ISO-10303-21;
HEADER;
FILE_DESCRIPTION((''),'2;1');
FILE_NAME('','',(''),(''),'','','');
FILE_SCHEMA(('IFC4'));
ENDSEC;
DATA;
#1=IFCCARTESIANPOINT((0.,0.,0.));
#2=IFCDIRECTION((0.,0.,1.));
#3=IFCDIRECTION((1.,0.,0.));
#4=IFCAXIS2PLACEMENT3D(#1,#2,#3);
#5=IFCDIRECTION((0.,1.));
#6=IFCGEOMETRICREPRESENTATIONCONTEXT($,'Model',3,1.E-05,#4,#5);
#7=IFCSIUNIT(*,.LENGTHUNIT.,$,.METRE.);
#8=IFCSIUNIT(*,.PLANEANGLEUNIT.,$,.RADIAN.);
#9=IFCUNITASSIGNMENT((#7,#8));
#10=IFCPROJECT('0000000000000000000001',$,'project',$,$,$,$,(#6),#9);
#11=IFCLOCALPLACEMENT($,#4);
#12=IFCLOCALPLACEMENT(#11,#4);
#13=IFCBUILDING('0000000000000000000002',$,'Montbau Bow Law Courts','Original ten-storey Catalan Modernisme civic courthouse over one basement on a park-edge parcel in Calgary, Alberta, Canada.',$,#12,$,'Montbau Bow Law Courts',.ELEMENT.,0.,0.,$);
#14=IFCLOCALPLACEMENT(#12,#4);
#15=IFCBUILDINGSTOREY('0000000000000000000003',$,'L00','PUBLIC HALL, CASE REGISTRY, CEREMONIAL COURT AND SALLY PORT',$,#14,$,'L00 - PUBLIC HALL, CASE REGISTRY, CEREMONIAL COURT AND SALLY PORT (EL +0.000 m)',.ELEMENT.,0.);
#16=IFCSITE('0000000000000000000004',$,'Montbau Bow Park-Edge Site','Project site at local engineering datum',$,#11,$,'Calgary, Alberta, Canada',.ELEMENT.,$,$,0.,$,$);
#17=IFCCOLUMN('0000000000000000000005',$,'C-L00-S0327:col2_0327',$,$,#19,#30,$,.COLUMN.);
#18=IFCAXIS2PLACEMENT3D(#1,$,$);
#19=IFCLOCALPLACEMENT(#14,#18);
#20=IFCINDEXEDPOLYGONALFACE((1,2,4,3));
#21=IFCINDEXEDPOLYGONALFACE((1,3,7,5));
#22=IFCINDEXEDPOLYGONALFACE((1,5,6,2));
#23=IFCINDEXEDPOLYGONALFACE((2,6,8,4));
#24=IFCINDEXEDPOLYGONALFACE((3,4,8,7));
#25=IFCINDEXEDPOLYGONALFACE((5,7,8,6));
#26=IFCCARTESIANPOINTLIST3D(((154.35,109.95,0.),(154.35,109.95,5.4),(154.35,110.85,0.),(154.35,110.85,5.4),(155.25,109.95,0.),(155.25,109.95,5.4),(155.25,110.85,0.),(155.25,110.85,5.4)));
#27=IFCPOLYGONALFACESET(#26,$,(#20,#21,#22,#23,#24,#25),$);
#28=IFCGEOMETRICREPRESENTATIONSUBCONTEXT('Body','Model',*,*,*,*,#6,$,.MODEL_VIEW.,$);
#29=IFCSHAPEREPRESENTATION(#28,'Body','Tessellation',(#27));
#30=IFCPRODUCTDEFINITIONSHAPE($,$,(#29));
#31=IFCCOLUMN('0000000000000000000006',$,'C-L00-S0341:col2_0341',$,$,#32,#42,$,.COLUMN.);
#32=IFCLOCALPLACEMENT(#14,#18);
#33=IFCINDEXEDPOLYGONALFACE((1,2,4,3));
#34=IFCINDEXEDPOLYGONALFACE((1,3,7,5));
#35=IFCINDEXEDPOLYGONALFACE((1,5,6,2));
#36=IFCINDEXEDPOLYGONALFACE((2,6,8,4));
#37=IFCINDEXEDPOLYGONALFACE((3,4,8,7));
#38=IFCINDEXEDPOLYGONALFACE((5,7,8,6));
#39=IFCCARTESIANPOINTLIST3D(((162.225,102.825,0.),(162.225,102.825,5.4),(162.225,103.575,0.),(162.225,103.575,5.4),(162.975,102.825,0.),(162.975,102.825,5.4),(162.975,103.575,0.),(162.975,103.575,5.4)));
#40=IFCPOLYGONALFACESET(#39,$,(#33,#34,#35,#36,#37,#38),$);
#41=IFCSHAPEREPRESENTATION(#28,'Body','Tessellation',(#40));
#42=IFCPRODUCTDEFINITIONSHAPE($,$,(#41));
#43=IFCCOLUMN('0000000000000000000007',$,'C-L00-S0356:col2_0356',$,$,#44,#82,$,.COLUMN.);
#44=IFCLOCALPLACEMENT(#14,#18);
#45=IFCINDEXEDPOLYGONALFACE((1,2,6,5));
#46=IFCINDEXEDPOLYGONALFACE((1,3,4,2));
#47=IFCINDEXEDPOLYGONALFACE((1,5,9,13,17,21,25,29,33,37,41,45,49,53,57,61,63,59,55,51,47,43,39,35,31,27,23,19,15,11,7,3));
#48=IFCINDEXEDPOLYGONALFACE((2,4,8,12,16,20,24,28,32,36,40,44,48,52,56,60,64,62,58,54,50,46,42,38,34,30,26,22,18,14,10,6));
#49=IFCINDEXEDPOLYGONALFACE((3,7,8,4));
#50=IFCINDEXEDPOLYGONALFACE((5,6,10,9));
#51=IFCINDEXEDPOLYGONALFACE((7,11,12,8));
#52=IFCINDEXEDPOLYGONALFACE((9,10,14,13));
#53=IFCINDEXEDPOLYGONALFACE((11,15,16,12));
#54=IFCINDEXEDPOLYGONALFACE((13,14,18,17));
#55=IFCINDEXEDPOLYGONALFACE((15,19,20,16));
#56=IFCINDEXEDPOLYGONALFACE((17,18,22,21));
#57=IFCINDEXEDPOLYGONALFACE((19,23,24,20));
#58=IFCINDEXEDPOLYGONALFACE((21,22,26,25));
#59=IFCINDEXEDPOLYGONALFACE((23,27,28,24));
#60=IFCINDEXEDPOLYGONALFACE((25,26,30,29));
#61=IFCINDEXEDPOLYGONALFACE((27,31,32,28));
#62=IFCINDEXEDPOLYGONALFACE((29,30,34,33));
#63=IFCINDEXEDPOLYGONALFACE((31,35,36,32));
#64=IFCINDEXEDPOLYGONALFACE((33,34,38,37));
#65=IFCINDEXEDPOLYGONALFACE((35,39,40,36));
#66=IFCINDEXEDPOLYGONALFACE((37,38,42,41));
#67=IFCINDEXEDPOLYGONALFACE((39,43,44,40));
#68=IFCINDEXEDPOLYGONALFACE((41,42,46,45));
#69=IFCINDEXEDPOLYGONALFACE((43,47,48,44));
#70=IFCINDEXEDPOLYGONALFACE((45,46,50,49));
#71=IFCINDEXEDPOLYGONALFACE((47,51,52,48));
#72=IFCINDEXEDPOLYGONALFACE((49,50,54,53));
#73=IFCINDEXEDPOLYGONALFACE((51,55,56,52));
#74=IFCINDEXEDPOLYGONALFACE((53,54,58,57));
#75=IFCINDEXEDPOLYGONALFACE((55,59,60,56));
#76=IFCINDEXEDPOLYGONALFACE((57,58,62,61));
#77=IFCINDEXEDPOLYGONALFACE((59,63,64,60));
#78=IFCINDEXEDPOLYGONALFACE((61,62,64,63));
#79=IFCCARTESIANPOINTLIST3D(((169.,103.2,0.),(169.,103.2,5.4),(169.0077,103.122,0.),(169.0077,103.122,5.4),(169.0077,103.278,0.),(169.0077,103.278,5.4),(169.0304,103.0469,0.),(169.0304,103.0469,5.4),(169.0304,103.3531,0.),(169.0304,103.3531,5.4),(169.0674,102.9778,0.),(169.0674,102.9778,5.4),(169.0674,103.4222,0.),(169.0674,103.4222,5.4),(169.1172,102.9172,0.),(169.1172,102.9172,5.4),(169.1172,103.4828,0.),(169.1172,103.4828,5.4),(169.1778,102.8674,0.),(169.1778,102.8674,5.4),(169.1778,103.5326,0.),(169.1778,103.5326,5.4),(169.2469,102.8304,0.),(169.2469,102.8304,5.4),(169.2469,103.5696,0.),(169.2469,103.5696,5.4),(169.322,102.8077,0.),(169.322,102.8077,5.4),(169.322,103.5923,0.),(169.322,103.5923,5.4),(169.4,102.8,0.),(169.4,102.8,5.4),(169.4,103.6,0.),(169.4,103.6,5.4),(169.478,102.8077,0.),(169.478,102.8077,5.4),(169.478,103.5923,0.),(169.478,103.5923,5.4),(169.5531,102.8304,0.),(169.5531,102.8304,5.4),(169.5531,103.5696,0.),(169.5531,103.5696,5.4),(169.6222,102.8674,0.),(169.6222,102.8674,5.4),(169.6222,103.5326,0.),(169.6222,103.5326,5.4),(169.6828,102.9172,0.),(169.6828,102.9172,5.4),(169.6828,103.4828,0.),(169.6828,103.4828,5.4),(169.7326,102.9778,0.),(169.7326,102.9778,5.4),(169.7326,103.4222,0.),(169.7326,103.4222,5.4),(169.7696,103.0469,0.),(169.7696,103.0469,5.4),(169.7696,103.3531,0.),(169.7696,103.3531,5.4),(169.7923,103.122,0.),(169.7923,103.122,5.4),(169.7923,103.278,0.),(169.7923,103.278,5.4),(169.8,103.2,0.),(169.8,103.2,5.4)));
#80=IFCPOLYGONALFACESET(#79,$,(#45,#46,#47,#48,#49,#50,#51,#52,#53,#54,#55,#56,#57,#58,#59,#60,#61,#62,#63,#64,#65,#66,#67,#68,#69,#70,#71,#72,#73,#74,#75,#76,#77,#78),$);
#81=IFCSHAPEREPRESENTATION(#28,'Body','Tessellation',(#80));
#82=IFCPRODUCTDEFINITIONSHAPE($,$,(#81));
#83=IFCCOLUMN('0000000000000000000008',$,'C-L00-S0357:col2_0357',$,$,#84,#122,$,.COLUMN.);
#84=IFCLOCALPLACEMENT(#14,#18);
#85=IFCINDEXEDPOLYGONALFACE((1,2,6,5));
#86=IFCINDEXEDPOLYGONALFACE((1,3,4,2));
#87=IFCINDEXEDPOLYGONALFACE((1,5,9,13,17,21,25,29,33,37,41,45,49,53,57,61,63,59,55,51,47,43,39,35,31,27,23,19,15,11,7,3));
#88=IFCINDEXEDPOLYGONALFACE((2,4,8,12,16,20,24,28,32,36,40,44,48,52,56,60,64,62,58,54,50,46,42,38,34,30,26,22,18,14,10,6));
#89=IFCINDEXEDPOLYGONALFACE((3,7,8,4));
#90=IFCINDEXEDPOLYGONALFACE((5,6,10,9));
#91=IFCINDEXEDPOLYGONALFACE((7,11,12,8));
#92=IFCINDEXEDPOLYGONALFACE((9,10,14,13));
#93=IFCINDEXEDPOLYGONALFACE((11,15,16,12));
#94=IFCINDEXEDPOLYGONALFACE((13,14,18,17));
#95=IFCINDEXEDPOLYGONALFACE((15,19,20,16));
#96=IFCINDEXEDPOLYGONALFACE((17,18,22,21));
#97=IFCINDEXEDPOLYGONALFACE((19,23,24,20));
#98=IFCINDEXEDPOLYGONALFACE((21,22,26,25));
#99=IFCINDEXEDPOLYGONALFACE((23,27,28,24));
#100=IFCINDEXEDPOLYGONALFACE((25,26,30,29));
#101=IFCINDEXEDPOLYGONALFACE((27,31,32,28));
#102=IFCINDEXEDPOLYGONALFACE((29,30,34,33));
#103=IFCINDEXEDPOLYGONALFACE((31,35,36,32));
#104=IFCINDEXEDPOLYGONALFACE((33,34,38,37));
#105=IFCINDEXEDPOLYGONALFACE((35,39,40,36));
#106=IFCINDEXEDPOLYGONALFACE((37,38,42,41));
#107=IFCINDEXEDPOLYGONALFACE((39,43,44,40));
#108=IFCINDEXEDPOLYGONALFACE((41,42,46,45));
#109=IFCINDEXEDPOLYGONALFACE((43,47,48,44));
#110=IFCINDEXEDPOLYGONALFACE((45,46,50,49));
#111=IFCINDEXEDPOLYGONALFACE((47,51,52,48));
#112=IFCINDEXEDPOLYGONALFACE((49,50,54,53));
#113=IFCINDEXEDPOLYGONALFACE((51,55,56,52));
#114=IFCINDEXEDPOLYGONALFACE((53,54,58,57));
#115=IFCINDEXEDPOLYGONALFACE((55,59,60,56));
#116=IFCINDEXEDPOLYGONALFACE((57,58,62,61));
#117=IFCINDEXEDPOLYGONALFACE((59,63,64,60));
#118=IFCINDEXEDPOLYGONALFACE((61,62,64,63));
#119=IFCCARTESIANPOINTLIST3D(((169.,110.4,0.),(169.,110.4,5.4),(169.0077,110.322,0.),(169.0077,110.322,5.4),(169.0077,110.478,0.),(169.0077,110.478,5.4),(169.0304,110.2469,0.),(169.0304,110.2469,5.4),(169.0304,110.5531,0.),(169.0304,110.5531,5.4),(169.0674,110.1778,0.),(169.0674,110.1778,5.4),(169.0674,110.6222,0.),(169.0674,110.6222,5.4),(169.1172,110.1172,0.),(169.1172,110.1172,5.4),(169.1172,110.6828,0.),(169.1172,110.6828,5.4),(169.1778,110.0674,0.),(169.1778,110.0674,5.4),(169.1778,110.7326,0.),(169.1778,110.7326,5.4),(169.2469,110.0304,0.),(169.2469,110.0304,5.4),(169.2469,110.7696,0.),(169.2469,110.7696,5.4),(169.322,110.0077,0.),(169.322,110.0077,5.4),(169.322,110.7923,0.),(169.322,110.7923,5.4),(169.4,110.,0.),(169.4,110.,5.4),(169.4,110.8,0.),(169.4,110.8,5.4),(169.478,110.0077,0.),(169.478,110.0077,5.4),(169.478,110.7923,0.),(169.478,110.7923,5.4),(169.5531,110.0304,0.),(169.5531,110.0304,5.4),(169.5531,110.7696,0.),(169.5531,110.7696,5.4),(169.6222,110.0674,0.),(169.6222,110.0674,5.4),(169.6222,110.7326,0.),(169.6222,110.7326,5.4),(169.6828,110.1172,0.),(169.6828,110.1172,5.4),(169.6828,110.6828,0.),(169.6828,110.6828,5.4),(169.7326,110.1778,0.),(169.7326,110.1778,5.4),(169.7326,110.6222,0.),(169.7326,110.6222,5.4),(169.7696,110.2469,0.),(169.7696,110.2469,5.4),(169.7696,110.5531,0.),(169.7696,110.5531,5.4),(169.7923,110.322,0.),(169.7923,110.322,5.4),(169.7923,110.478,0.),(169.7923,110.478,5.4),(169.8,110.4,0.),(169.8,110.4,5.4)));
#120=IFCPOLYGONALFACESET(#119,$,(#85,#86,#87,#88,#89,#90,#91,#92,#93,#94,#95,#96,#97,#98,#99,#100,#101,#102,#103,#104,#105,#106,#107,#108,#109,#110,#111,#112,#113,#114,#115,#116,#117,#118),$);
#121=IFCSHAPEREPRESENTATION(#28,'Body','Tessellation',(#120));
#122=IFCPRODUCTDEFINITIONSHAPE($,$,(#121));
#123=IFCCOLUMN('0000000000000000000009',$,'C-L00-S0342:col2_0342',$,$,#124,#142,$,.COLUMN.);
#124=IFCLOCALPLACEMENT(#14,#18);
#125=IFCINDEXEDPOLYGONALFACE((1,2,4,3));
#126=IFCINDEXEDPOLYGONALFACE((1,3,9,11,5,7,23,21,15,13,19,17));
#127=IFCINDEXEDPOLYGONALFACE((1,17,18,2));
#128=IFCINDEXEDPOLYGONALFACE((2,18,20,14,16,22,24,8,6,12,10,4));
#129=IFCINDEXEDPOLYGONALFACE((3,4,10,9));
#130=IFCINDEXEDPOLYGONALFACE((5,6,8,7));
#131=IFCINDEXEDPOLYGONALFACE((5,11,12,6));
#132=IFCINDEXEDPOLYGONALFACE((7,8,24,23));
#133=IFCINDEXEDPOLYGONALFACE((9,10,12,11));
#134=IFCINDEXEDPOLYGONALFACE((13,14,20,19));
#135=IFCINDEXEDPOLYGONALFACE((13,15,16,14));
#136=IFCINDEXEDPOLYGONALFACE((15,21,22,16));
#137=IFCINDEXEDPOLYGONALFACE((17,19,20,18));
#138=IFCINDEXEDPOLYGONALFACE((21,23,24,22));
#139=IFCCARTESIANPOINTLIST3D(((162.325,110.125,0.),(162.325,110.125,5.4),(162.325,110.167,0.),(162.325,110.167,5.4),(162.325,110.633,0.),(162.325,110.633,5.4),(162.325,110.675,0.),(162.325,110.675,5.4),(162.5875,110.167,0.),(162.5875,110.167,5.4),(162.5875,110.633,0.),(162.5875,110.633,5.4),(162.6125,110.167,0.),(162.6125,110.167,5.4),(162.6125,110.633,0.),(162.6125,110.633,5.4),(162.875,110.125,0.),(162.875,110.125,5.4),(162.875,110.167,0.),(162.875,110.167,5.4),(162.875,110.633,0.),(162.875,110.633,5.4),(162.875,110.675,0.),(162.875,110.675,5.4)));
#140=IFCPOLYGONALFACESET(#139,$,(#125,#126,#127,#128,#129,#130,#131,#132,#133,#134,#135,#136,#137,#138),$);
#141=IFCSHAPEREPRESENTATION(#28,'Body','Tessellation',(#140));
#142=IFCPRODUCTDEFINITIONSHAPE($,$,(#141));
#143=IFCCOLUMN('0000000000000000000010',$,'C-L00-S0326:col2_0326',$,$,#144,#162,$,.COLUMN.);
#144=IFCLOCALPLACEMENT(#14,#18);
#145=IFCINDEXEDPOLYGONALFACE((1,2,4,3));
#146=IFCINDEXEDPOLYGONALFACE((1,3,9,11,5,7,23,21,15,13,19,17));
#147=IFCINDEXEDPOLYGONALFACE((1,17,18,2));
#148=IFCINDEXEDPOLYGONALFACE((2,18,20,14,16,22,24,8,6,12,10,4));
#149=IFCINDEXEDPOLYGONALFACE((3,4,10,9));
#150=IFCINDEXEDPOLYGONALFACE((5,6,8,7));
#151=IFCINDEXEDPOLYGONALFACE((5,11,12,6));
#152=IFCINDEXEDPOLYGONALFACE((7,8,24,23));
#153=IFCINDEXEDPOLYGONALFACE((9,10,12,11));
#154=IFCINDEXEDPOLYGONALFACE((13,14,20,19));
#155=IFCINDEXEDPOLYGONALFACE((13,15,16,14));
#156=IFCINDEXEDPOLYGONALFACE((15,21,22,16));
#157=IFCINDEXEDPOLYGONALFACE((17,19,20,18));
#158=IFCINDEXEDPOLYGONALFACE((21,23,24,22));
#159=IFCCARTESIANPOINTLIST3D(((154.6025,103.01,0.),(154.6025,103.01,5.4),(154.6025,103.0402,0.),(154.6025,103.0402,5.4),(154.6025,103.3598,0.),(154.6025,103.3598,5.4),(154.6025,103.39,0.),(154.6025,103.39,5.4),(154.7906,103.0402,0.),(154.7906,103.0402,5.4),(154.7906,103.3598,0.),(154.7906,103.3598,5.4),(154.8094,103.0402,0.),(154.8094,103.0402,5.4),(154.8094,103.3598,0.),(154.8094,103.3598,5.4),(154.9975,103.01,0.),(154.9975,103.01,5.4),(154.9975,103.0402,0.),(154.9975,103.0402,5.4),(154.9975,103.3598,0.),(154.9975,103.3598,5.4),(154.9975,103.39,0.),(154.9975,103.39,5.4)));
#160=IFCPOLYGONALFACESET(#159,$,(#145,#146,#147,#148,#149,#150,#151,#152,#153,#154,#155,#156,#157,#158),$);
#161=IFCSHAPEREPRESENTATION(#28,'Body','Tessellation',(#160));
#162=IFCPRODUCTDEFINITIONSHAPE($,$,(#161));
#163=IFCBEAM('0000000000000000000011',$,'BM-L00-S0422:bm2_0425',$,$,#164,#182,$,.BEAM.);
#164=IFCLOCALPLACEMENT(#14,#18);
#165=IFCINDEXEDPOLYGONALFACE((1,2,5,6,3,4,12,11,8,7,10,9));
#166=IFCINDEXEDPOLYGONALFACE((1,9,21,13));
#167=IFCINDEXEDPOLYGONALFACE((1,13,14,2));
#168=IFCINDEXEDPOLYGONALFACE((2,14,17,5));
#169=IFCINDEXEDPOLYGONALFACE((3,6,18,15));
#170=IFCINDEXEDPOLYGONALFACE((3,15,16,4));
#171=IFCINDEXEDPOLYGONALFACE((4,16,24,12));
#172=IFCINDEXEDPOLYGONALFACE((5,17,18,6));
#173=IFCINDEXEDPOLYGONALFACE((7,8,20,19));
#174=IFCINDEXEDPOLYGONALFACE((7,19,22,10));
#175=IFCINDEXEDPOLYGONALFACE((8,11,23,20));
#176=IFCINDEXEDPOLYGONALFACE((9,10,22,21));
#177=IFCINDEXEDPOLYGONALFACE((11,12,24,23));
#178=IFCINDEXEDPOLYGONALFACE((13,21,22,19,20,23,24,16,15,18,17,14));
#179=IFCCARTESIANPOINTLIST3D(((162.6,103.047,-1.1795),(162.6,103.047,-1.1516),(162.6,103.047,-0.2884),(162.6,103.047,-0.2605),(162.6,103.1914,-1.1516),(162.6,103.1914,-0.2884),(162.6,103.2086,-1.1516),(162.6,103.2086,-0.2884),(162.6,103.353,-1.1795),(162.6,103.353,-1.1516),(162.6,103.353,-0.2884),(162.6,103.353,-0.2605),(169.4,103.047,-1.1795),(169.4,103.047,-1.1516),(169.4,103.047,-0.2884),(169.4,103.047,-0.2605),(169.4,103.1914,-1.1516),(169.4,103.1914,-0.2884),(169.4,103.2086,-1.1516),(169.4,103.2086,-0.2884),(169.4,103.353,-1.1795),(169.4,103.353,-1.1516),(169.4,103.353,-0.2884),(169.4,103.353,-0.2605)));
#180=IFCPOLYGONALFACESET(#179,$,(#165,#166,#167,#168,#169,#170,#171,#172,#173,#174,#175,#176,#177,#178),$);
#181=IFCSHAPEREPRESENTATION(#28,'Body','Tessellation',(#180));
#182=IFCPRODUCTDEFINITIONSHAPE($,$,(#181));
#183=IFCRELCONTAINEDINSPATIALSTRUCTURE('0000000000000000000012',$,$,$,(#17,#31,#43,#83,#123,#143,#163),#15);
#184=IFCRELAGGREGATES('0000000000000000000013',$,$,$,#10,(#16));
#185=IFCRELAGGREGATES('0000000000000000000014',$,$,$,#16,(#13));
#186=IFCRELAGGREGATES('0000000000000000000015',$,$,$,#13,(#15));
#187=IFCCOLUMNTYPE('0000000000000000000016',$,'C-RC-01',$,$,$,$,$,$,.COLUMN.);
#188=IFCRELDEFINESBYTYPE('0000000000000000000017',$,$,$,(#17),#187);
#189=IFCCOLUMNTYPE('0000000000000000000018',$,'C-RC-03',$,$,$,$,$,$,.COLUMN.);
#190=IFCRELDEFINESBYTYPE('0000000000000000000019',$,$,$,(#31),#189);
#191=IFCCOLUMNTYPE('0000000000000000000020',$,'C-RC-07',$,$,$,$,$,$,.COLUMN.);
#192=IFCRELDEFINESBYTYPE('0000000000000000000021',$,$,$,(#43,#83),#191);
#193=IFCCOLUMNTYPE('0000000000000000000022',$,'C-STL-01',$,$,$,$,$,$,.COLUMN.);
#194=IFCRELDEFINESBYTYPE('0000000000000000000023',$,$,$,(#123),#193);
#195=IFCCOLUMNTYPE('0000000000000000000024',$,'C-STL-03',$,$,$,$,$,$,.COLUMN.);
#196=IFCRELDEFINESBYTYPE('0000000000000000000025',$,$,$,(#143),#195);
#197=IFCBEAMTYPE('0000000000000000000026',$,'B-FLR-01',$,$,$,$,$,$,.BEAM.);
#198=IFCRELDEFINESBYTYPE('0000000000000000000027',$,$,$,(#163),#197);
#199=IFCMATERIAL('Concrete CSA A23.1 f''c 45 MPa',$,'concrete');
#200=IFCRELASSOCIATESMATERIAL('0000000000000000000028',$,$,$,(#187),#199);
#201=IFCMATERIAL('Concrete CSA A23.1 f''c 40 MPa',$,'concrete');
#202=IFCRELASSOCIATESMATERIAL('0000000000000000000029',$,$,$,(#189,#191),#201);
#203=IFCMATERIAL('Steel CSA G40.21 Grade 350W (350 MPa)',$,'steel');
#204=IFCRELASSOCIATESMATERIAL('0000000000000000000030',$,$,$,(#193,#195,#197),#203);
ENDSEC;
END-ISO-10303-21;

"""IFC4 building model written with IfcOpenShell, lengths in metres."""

from ifc_helpers import new_model, si_unit, direction, frame, origin_with_axes, origin_2d_with_axis, place, context, subcontext, project, spatial, rectangle, circle, i_section, extrude, material, material_profile, profile_set, type_object, element, save


model = new_model("IFC4")

# Units and contexts
model_context = context("Model", 3, precision=1e-05, world=origin_with_axes(), true_north=direction((0.0, 1.0)))
body_context = subcontext(model_context, "Body", "Model", "MODEL_VIEW")
ifc_project = project(units=[si_unit("LENGTHUNIT", "METRE"), si_unit("PLANEANGLEUNIT", "RADIAN")], contexts=[model_context])

# Site, building, storey
site_placement = place(None, origin_with_axes())
site = spatial("IfcSite", under=ifc_project, at=site_placement, Name="Montbau Bow Park-Edge Site", Description="Project site at local engineering datum", LongName="Calgary, Alberta, Canada", CompositionType="ELEMENT", RefElevation=0.0)
building_placement = place(site_placement, origin_with_axes())
building = spatial("IfcBuilding", under=site, at=building_placement, Name="Montbau Bow Law Courts", Description="Original ten-storey Catalan Modernisme civic courthouse over one basement on a park-edge parcel in Calgary, Alberta, Canada.", LongName="Montbau Bow Law Courts", CompositionType="ELEMENT", ElevationOfRefHeight=0.0, ElevationOfTerrain=0.0)
storey_placement = place(building_placement, origin_with_axes())
storey = spatial("IfcBuildingStorey", under=building, at=storey_placement, Name="L00", Description="PUBLIC HALL, CASE REGISTRY, CEREMONIAL COURT AND SALLY PORT", LongName="L00 - PUBLIC HALL, CASE REGISTRY, CEREMONIAL COURT AND SALLY PORT (EL +0.000 m)", CompositionType="ELEMENT", Elevation=0.0)

# Columns
ifc_material_1 = material(Name="Concrete CSA A23.1 f'c 45 MPa", Category="concrete")
ifc_material_profile_1 = material_profile(ifc_material_1, rectangle(XDim=0.9, YDim=0.9, at=origin_2d_with_axis()), Name="RC900X900", Category="Main", Priority=0)
ifc_profile_set_1 = profile_set([ifc_material_profile_1], Name="Concrete CSA A23.1 f'c 45 MPa")
column_type_1 = type_object("IfcColumnType", Name="C-RC-01", PredefinedType="COLUMN", material=ifc_profile_set_1)
column_1_placement = place(None, frame((154.8, 110.4, 0.0), z_axis=(0.0, 0.0, 1.0), x_axis=(1.0, 0.0, 0.0)))
element("IfcColumn", 1, at=column_1_placement, inside=storey, type_object=column_type_1, Name="C-L00-S0327:col2_0327", PredefinedType="COLUMN", context=body_context, shape_type="SweptSolid", body=[
    extrude(rectangle(XDim=0.9, YDim=0.9, at=origin_2d_with_axis()), origin_with_axes(), (0.0, 0.0, 1.0), 5.4),
])
ifc_material_2 = material(Name="Concrete CSA A23.1 f'c 40 MPa", Category="concrete")
ifc_material_profile_2 = material_profile(ifc_material_2, rectangle(XDim=0.75, YDim=0.75, at=origin_2d_with_axis()), Name="RC750X750", Category="Main", Priority=0)
ifc_profile_set_2 = profile_set([ifc_material_profile_2], Name="Concrete CSA A23.1 f'c 40 MPa")
column_type_2 = type_object("IfcColumnType", Name="C-RC-03", PredefinedType="COLUMN", material=ifc_profile_set_2)
column_2_placement = place(None, frame((162.6, 103.2, 0.0), z_axis=(0.0, 0.0, 1.0), x_axis=(1.0, 0.0, 0.0)))
element("IfcColumn", 2, at=column_2_placement, inside=storey, type_object=column_type_2, Name="C-L00-S0341:col2_0341", PredefinedType="COLUMN", context=body_context, shape_type="SweptSolid", body=[
    extrude(rectangle(XDim=0.75, YDim=0.75, at=origin_2d_with_axis()), origin_with_axes(), (0.0, 0.0, 1.0), 5.4),
])
ifc_material_profile_3 = material_profile(ifc_material_2, circle(Radius=0.4, at=origin_2d_with_axis()), Name="RC800D", Category="Main", Priority=0)
ifc_profile_set_3 = profile_set([ifc_material_profile_3], Name="Concrete CSA A23.1 f'c 40 MPa")
column_type_3 = type_object("IfcColumnType", Name="C-RC-07", PredefinedType="COLUMN", material=ifc_profile_set_3)
for number, where, z_axis, x_axis, name in (
    (3, (169.4, 103.2, 0.0), (0.0, 0.0, 1.0), (1.0, 0.0, 0.0), "C-L00-S0356:col2_0356"),
    (4, (169.4, 110.4, 0.0), (0.0, 0.0, 1.0), (1.0, 0.0, 0.0), "C-L00-S0357:col2_0357"),
):
    element("IfcColumn", number, at=place(None, frame(where, z_axis=z_axis, x_axis=x_axis)), inside=storey, type_object=column_type_3, Name=name, PredefinedType="COLUMN", context=body_context, shape_type="SweptSolid", body=[
        extrude(circle(Radius=0.4, at=origin_2d_with_axis()), origin_with_axes(), (0.0, 0.0, 1.0), 5.4),
    ])
ifc_material_3 = material(Name="Steel CSA G40.21 Grade 350W (350 MPa)", Category="steel")
ifc_material_profile_4 = material_profile(ifc_material_3, i_section(OverallWidth=0.55, OverallDepth=0.55, WebThickness=0.025, FlangeThickness=0.042, at=origin_2d_with_axis()), Name="WWF550X420", Category="Main", Priority=0)
ifc_profile_set_4 = profile_set([ifc_material_profile_4], Name="Steel CSA G40.21 Grade 350W (350 MPa)")
column_type_4 = type_object("IfcColumnType", Name="C-STL-01", PredefinedType="COLUMN", material=ifc_profile_set_4)
column_3_placement = place(None, frame((162.6, 110.4, 0.0), z_axis=(0.0, 0.0, 1.0), x_axis=(1.0, 0.0, 0.0)))
element("IfcColumn", 5, at=column_3_placement, inside=storey, type_object=column_type_4, Name="C-L00-S0342:col2_0342", PredefinedType="COLUMN", context=body_context, shape_type="SweptSolid", body=[
    extrude(i_section(OverallWidth=0.55, OverallDepth=0.55, WebThickness=0.025, FlangeThickness=0.042, at=origin_2d_with_axis()), origin_with_axes(), (0.0, 0.0, 1.0), 5.4),
])
ifc_material_profile_5 = material_profile(ifc_material_3, i_section(OverallWidth=0.395, OverallDepth=0.38, WebThickness=0.0189, FlangeThickness=0.0302, at=origin_2d_with_axis()), Name="W360X237", Category="Main", Priority=0)
ifc_profile_set_5 = profile_set([ifc_material_profile_5], Name="Steel CSA G40.21 Grade 350W (350 MPa)")
column_type_5 = type_object("IfcColumnType", Name="C-STL-03", PredefinedType="COLUMN", material=ifc_profile_set_5)
column_4_placement = place(None, frame((154.8, 103.2, 0.0), z_axis=(0.0, 0.0, 1.0), x_axis=(1.0, 0.0, 0.0)))
element("IfcColumn", 6, at=column_4_placement, inside=storey, type_object=column_type_5, Name="C-L00-S0326:col2_0326", PredefinedType="COLUMN", context=body_context, shape_type="SweptSolid", body=[
    extrude(i_section(OverallWidth=0.395, OverallDepth=0.38, WebThickness=0.0189, FlangeThickness=0.0302, at=origin_2d_with_axis()), origin_with_axes(), (0.0, 0.0, 1.0), 5.4),
])

# Beam
ifc_material_profile_6 = material_profile(ifc_material_3, i_section(OverallWidth=0.306, OverallDepth=0.919, WebThickness=0.0173, FlangeThickness=0.0279, at=origin_2d_with_axis()), Name="W920X253", Category="Main", Priority=0)
ifc_profile_set_6 = profile_set([ifc_material_profile_6], Name="Steel CSA G40.21 Grade 350W (350 MPa)")
beam_type_1 = type_object("IfcBeamType", Name="B-FLR-01", PredefinedType="BEAM", material=ifc_profile_set_6)
beam_1_placement = place(None, frame((162.6, 103.2, -0.72), z_axis=(1.0, 0.0, 0.0), x_axis=(0.0, 1.0, 0.0)))
element("IfcBeam", 7, at=beam_1_placement, inside=storey, type_object=beam_type_1, Name="BM-L00-S0422:bm2_0425", PredefinedType="BEAM", context=body_context, shape_type="SweptSolid", body=[
    extrude(i_section(OverallWidth=0.306, OverallDepth=0.919, WebThickness=0.0173, FlangeThickness=0.0279, at=origin_2d_with_axis()), origin_with_axes(), (0.0, 0.0, 1.0), 6.8),
])

save(model, "model.ifc")
